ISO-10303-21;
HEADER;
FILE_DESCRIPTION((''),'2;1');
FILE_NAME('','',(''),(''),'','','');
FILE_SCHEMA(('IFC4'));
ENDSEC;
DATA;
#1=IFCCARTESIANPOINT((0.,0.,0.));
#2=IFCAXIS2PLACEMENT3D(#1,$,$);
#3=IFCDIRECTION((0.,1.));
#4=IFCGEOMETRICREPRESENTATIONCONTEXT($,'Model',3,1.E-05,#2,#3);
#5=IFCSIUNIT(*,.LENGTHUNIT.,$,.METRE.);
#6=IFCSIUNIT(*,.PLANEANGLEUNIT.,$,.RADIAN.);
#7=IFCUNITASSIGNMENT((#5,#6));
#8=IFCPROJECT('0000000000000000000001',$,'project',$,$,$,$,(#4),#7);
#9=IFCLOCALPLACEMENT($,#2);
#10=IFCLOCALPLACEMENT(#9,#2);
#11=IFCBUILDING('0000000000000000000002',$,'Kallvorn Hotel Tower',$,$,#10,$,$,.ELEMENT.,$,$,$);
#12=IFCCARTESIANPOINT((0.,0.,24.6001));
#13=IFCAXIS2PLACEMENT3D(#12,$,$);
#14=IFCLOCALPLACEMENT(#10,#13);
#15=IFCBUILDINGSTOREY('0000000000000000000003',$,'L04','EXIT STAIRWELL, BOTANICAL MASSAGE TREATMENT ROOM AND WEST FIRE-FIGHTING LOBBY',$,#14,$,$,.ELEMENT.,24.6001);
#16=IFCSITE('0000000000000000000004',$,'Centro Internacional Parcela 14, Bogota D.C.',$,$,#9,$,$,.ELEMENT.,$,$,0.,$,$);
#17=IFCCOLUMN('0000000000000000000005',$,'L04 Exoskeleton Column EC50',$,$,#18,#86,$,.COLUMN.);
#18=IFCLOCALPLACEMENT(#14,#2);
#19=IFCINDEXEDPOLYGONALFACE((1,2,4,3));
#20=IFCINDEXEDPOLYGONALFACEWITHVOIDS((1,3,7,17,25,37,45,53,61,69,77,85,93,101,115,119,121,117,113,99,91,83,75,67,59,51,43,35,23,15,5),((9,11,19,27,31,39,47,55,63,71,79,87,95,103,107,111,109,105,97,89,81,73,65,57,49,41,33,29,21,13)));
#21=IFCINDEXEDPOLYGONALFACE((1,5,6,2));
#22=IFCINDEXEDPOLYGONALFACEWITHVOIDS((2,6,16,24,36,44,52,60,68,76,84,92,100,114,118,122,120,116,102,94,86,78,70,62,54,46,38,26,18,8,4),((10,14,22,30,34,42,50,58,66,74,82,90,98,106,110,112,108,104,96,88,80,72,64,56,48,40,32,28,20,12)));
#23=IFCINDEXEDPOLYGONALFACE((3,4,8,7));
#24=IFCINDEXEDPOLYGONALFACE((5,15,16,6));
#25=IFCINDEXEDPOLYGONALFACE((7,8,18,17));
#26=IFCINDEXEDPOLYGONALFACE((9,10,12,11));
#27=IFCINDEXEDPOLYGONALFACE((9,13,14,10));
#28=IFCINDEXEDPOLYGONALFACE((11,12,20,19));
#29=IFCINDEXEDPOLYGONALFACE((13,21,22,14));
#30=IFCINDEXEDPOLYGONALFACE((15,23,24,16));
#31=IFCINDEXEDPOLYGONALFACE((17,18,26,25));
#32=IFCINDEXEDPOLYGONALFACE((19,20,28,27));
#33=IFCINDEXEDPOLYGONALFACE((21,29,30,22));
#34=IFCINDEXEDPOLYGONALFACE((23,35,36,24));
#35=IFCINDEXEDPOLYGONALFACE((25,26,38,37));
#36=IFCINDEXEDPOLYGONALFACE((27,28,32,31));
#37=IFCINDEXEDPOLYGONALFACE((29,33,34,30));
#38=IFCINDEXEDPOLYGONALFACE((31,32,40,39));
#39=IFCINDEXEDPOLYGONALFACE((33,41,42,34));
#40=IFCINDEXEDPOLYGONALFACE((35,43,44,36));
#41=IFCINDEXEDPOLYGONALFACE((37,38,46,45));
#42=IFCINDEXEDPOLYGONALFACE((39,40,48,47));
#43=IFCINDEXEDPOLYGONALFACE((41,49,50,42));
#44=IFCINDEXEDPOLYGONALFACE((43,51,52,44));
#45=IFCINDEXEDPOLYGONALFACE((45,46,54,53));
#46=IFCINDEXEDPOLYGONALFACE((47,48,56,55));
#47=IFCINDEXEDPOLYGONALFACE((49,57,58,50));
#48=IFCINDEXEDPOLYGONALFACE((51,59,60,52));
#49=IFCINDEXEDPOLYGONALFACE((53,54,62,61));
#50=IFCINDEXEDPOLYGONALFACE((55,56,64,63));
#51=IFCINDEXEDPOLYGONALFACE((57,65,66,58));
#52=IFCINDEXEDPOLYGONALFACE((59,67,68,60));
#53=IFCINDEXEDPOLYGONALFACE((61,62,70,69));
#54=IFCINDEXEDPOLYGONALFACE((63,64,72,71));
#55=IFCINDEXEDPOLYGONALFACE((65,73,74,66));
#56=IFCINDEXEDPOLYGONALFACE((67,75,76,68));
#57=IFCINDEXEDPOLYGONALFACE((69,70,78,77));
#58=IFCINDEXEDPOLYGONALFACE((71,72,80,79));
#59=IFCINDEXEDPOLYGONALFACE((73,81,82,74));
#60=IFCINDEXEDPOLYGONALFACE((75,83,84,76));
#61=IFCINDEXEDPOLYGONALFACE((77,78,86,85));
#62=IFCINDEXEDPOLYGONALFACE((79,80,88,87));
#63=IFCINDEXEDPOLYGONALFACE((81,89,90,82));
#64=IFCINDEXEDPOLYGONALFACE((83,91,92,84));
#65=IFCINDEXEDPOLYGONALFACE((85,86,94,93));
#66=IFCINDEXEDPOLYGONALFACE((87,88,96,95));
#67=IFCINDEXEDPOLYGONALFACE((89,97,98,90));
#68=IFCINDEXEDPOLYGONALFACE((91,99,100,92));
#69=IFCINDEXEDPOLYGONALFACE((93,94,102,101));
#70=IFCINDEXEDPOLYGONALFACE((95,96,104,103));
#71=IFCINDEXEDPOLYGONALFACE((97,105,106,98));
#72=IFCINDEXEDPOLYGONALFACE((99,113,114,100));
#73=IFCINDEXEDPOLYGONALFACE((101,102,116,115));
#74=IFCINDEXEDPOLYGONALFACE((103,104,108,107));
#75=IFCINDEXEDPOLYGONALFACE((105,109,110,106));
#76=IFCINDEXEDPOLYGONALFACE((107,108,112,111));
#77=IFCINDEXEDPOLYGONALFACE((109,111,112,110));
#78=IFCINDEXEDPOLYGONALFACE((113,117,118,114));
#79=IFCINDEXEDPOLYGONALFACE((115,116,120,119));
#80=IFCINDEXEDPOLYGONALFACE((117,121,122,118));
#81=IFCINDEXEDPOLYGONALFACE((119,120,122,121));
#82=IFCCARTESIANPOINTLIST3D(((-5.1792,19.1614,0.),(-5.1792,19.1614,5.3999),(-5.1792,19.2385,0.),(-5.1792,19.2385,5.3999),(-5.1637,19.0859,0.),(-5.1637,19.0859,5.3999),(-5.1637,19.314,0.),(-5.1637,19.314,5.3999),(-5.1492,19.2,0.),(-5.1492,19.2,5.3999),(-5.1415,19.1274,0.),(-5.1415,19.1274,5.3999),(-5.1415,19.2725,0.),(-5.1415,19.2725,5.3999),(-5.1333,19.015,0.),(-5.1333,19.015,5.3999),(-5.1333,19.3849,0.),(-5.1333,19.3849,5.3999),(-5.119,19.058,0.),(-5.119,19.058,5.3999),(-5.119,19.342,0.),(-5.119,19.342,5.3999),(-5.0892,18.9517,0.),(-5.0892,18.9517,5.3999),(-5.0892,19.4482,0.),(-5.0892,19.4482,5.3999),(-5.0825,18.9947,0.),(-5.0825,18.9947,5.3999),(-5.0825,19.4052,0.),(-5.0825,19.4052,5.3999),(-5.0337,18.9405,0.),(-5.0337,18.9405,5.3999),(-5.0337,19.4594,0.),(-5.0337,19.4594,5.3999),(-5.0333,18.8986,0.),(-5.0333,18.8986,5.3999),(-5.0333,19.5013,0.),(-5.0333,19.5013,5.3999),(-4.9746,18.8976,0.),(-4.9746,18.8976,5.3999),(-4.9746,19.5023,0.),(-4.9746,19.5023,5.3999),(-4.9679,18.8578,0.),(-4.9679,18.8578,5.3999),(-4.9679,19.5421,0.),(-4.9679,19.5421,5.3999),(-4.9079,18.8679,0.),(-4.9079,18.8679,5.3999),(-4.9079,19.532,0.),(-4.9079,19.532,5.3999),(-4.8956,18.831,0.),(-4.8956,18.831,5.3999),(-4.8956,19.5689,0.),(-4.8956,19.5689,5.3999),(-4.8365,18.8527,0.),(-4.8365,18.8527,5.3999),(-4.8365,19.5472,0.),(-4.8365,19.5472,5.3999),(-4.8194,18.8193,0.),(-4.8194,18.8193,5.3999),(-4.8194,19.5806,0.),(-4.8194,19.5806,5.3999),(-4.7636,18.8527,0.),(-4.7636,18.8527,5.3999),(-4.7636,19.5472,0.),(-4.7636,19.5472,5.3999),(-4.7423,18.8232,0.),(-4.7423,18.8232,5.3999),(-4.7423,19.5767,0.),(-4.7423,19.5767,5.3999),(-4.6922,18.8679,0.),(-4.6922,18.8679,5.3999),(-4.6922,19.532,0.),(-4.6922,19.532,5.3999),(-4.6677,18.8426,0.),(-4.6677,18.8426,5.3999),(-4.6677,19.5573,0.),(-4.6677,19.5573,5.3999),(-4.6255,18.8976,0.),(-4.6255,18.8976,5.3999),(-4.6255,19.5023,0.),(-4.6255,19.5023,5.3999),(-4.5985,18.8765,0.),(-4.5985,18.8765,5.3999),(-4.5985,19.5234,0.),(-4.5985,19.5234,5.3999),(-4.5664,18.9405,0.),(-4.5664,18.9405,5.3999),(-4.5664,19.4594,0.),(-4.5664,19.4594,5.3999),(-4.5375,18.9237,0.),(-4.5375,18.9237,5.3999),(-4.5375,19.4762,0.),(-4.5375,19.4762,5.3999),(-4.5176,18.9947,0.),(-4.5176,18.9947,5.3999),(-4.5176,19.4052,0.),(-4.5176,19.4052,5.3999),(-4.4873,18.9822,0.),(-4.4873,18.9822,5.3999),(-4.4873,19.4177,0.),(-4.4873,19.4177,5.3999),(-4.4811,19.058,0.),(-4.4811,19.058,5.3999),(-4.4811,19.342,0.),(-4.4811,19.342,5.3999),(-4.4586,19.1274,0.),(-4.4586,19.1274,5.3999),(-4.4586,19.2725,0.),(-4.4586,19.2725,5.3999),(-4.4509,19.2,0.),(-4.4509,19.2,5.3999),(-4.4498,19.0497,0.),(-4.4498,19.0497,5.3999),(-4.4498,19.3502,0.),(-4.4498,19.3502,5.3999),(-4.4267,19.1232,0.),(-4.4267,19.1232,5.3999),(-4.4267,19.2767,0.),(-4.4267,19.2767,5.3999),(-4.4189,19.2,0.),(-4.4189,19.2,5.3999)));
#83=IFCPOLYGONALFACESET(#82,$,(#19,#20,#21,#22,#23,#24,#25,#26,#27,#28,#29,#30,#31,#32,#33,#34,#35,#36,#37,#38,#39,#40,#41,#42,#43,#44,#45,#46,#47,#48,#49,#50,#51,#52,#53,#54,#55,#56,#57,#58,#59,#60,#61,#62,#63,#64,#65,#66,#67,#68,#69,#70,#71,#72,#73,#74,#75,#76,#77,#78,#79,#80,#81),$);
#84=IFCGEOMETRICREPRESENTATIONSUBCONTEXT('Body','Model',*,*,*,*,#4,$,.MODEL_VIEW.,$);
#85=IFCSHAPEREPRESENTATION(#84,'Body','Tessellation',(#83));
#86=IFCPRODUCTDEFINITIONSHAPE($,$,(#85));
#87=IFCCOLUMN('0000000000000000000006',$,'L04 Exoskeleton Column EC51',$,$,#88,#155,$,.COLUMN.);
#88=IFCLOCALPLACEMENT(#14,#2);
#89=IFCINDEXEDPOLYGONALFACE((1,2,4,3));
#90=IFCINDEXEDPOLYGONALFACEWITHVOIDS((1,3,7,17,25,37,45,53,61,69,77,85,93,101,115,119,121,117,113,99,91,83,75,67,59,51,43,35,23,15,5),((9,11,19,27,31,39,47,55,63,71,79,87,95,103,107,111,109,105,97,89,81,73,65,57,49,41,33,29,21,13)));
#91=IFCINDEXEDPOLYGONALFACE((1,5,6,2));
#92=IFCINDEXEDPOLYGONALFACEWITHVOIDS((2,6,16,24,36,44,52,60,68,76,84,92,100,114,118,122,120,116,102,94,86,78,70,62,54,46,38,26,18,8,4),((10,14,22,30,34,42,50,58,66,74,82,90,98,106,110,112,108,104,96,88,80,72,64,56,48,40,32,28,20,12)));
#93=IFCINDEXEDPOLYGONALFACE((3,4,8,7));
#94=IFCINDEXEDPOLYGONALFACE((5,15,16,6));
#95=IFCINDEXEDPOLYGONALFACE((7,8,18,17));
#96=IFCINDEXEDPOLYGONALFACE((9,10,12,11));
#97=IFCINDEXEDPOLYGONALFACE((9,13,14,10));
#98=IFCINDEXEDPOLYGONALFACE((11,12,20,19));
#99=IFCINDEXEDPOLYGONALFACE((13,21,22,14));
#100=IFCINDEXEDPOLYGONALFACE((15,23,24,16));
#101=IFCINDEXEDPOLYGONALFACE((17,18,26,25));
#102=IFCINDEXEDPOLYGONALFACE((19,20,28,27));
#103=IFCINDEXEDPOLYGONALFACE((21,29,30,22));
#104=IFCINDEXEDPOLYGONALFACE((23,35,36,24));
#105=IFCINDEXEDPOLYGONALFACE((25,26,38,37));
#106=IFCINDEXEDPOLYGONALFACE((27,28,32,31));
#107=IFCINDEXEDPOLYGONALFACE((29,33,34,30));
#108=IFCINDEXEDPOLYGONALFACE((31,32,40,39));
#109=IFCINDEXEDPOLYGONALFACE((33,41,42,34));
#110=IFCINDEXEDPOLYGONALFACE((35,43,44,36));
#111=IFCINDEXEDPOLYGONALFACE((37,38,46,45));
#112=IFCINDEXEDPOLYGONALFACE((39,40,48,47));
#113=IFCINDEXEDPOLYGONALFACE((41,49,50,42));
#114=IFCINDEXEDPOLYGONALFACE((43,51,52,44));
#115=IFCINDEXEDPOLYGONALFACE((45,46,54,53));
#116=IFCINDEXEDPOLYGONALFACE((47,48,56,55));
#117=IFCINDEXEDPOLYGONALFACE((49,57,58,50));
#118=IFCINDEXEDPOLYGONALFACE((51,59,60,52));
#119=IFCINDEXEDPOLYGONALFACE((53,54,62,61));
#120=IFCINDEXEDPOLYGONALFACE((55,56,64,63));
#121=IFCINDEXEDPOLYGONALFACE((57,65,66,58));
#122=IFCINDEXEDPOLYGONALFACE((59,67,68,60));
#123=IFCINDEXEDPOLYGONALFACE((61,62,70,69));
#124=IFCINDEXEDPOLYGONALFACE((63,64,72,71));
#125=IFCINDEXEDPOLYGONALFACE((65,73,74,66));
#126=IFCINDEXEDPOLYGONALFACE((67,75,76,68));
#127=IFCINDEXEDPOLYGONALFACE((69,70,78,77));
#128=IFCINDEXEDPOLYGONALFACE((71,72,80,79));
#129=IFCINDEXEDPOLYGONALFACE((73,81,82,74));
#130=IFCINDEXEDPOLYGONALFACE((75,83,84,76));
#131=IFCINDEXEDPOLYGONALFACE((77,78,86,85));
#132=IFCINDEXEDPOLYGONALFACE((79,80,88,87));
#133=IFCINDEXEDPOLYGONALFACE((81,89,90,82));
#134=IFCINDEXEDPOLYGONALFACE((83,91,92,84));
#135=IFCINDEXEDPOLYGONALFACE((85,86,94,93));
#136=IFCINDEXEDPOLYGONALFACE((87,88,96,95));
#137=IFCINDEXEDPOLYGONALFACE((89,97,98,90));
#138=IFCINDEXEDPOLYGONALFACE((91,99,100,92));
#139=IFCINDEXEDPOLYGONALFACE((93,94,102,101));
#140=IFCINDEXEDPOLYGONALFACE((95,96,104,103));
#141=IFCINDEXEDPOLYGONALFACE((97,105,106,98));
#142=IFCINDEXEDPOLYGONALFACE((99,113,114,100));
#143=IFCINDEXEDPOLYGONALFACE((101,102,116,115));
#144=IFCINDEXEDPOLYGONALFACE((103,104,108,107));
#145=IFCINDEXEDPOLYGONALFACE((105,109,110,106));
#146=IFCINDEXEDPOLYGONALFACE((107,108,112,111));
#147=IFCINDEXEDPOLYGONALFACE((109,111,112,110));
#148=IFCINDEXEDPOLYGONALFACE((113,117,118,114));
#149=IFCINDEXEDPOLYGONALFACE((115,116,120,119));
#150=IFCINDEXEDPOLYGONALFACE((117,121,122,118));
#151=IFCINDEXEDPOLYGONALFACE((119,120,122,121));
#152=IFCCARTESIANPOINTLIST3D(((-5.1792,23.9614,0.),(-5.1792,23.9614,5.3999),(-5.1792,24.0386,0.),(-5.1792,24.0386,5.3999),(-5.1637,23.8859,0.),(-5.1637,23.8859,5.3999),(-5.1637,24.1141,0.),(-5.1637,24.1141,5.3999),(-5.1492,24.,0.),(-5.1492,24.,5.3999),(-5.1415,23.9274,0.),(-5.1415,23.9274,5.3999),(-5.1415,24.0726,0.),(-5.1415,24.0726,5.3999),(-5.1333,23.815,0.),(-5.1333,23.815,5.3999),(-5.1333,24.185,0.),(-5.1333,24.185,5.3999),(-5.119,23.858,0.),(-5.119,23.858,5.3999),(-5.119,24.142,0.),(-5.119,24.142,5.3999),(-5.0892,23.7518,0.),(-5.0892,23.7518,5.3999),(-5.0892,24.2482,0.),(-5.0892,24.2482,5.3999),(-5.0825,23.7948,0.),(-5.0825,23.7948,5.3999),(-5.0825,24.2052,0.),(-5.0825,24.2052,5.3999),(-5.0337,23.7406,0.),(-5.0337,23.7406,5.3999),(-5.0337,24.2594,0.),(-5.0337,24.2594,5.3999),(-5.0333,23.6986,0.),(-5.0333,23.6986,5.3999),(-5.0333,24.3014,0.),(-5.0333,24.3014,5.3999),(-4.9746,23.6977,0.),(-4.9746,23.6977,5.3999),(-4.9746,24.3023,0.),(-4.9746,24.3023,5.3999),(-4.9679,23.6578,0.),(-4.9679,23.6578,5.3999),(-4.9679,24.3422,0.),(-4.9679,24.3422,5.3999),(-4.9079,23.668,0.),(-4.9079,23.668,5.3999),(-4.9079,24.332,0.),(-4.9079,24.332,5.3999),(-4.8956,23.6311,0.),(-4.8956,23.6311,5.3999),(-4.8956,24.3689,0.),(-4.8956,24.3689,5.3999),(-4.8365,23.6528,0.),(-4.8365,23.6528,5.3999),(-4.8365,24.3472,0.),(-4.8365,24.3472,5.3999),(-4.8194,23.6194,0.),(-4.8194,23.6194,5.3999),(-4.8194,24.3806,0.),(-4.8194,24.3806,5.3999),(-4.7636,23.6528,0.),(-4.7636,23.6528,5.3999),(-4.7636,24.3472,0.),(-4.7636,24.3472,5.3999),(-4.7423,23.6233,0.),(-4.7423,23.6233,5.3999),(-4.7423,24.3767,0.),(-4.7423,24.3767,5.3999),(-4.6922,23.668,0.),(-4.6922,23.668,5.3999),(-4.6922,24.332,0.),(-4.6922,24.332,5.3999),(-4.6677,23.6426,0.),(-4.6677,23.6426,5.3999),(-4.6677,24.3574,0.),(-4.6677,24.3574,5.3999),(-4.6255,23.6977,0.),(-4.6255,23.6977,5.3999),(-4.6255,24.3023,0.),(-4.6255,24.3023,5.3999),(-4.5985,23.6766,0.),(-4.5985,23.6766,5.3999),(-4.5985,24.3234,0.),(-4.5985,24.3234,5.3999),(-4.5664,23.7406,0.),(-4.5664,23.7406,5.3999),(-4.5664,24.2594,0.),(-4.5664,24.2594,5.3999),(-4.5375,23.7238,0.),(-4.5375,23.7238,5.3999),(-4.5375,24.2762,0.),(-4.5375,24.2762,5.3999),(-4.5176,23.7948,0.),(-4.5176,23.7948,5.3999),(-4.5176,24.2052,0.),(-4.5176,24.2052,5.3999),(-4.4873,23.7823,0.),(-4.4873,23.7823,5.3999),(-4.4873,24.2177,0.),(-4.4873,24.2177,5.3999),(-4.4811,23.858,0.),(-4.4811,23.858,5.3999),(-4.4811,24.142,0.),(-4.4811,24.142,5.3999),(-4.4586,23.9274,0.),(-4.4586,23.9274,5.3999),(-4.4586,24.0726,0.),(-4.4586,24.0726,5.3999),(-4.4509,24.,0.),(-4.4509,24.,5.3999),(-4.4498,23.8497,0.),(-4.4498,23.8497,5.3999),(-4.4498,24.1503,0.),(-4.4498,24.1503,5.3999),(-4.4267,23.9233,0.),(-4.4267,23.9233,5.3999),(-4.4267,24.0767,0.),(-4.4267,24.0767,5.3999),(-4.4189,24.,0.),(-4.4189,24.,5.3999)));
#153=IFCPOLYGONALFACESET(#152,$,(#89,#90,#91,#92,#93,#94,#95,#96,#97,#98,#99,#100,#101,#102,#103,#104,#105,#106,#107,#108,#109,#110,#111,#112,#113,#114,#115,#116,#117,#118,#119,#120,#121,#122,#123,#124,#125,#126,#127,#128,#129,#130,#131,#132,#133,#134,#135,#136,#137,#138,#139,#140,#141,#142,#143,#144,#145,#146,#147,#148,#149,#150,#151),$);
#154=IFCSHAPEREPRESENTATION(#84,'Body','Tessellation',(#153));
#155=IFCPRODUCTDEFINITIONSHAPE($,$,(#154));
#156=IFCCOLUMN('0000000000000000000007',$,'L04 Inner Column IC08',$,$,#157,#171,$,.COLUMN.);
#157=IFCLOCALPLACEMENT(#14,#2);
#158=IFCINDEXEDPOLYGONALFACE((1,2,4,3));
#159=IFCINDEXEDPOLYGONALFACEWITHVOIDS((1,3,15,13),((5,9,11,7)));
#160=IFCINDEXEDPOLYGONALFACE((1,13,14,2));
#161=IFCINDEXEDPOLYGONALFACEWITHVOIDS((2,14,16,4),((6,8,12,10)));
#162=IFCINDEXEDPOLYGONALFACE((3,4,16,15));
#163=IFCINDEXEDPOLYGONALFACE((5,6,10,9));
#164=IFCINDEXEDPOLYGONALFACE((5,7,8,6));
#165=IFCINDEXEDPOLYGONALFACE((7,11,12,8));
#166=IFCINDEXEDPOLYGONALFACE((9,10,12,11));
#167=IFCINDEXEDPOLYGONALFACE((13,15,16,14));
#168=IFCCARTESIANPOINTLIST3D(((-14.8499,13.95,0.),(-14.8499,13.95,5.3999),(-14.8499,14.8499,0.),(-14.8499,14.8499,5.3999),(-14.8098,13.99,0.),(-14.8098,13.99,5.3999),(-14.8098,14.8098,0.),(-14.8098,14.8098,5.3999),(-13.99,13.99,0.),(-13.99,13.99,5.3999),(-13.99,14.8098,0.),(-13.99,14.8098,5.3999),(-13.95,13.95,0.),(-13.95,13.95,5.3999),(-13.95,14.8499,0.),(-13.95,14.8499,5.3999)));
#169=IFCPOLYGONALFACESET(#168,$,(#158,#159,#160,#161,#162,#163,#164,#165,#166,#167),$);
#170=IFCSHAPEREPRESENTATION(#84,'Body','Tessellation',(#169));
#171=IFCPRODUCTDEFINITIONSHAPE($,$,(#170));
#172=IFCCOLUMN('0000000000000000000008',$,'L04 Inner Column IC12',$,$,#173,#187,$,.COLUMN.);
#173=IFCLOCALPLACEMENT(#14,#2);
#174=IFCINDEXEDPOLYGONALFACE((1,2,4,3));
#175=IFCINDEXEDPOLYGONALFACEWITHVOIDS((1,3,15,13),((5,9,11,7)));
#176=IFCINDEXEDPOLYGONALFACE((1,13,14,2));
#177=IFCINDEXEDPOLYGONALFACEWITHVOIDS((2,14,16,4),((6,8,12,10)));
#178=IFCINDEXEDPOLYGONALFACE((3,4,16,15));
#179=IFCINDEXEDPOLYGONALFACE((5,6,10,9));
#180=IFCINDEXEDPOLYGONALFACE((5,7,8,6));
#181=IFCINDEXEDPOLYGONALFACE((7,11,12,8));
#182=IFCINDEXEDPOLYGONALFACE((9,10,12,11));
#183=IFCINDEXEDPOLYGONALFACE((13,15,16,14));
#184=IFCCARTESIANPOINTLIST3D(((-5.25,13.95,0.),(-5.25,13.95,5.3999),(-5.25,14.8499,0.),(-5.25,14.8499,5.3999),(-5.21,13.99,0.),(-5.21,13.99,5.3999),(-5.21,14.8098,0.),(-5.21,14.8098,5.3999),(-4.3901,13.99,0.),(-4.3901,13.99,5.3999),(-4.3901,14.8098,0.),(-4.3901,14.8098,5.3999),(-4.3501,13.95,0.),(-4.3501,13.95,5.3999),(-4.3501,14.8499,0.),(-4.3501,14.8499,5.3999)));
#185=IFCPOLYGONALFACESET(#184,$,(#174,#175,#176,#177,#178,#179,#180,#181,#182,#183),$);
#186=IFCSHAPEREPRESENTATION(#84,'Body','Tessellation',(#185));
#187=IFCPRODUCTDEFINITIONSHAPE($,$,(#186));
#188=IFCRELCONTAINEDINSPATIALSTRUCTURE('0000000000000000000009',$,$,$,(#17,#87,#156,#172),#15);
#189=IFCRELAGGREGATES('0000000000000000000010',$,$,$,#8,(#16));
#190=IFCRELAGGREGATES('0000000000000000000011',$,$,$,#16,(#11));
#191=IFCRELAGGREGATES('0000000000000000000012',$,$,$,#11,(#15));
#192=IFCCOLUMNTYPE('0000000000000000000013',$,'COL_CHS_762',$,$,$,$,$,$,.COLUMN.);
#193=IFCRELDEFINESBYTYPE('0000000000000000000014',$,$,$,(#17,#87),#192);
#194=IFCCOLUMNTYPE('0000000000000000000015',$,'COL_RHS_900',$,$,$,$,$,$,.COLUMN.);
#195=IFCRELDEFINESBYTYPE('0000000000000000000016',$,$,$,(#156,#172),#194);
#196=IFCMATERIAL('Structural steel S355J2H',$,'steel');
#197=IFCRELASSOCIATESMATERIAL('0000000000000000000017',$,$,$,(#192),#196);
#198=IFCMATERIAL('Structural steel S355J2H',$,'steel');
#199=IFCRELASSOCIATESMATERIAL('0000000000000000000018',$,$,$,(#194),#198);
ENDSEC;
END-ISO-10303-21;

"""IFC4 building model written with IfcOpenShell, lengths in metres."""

from ifc_helpers import new_model, si_unit, direction, frame, origin, origin_2d, place, context, subcontext, project, spatial, hollow_rectangle, hollow_circle, extrude, material, material_profile, profile_set, type_object, element, save


model = new_model("IFC4")

# Units and contexts
model_context = context("Model", 3, precision=1e-05, world=origin(), true_north=direction((0.0, 1.0)))
body_context = subcontext(model_context, "Body", "Model", "MODEL_VIEW")
ifc_project = project(units=[si_unit("LENGTHUNIT", "METRE"), si_unit("PLANEANGLEUNIT", "RADIAN")], contexts=[model_context])

# Site, building, storey
site_placement = place(None, origin())
site = spatial("IfcSite", under=ifc_project, at=site_placement, Name="Centro Internacional Parcela 14, Bogota D.C.", CompositionType="ELEMENT", RefElevation=0.0)
building_placement = place(site_placement, origin())
building = spatial("IfcBuilding", under=site, at=building_placement, Name="Kallvorn Hotel Tower", CompositionType="ELEMENT")
storey_placement = place(building_placement, frame((0.0, 0.0, 24.6001)))
storey = spatial("IfcBuildingStorey", under=building, at=storey_placement, Name="L04", Description="EXIT STAIRWELL, BOTANICAL MASSAGE TREATMENT ROOM AND WEST FIRE-FIGHTING LOBBY", CompositionType="ELEMENT", Elevation=24.6001)

# Columns
ifc_material_1 = material(Name="Structural steel S355J2H", Category="steel")
ifc_material_profile_1 = material_profile(ifc_material_1, hollow_circle(Radius=0.3811, WallThickness=0.032, at=origin_2d()), Name="CHS 762x32")
ifc_profile_set_1 = profile_set([ifc_material_profile_1], Name="Structural steel S355J2H")
column_type_1 = type_object("IfcColumnType", Name="COL_CHS_762", PredefinedType="COLUMN", material=ifc_profile_set_1)
for number, where, z_axis, x_axis, name in (
    (1, (-4.8, 19.2, 0.0), (0.0, 0.0, 1.0), (1.0, 0.0, 0.0), "L04 Exoskeleton Column EC50"),
    (2, (-4.8, 24.0, 0.0), (0.0, 0.0, 1.0), (1.0, 0.0, 0.0), "L04 Exoskeleton Column EC51"),
):
    element("IfcColumn", number, at=place(storey_placement, frame(where, z_axis=z_axis, x_axis=x_axis)), inside=storey, type_object=column_type_1, Name=name, PredefinedType="COLUMN", context=body_context, shape_type="SweptSolid", body=[
        extrude(hollow_circle(Radius=0.3811, WallThickness=0.032, at=origin_2d()), origin(), (0.0, 0.0, 1.0), 5.3999),
    ])
ifc_material_2 = material(Name="Structural steel S355J2H", Category="steel")
ifc_material_profile_2 = material_profile(ifc_material_2, hollow_rectangle(XDim=0.8999, YDim=0.8999, WallThickness=0.04, at=origin_2d()), Name="RHS 900x900x40")
ifc_profile_set_2 = profile_set([ifc_material_profile_2], Name="Structural steel S355J2H")
column_type_2 = type_object("IfcColumnType", Name="COL_RHS_900", PredefinedType="COLUMN", material=ifc_profile_set_2)
for number, where, z_axis, x_axis, name in (
    (3, (-14.3999, 14.3999, 0.0), (0.0, 0.0, 1.0), (1.0, 0.0, 0.0), "L04 Inner Column IC08"),
    (4, (-4.8, 14.3999, 0.0), (0.0, 0.0, 1.0), (1.0, 0.0, 0.0), "L04 Inner Column IC12"),
):
    element("IfcColumn", number, at=place(storey_placement, frame(where, z_axis=z_axis, x_axis=x_axis)), inside=storey, type_object=column_type_2, Name=name, PredefinedType="COLUMN", context=body_context, shape_type="SweptSolid", body=[
        extrude(hollow_rectangle(XDim=0.8999, YDim=0.8999, WallThickness=0.04, at=origin_2d()), origin(), (0.0, 0.0, 1.0), 5.3999),
    ])

save(model, "model.ifc")
